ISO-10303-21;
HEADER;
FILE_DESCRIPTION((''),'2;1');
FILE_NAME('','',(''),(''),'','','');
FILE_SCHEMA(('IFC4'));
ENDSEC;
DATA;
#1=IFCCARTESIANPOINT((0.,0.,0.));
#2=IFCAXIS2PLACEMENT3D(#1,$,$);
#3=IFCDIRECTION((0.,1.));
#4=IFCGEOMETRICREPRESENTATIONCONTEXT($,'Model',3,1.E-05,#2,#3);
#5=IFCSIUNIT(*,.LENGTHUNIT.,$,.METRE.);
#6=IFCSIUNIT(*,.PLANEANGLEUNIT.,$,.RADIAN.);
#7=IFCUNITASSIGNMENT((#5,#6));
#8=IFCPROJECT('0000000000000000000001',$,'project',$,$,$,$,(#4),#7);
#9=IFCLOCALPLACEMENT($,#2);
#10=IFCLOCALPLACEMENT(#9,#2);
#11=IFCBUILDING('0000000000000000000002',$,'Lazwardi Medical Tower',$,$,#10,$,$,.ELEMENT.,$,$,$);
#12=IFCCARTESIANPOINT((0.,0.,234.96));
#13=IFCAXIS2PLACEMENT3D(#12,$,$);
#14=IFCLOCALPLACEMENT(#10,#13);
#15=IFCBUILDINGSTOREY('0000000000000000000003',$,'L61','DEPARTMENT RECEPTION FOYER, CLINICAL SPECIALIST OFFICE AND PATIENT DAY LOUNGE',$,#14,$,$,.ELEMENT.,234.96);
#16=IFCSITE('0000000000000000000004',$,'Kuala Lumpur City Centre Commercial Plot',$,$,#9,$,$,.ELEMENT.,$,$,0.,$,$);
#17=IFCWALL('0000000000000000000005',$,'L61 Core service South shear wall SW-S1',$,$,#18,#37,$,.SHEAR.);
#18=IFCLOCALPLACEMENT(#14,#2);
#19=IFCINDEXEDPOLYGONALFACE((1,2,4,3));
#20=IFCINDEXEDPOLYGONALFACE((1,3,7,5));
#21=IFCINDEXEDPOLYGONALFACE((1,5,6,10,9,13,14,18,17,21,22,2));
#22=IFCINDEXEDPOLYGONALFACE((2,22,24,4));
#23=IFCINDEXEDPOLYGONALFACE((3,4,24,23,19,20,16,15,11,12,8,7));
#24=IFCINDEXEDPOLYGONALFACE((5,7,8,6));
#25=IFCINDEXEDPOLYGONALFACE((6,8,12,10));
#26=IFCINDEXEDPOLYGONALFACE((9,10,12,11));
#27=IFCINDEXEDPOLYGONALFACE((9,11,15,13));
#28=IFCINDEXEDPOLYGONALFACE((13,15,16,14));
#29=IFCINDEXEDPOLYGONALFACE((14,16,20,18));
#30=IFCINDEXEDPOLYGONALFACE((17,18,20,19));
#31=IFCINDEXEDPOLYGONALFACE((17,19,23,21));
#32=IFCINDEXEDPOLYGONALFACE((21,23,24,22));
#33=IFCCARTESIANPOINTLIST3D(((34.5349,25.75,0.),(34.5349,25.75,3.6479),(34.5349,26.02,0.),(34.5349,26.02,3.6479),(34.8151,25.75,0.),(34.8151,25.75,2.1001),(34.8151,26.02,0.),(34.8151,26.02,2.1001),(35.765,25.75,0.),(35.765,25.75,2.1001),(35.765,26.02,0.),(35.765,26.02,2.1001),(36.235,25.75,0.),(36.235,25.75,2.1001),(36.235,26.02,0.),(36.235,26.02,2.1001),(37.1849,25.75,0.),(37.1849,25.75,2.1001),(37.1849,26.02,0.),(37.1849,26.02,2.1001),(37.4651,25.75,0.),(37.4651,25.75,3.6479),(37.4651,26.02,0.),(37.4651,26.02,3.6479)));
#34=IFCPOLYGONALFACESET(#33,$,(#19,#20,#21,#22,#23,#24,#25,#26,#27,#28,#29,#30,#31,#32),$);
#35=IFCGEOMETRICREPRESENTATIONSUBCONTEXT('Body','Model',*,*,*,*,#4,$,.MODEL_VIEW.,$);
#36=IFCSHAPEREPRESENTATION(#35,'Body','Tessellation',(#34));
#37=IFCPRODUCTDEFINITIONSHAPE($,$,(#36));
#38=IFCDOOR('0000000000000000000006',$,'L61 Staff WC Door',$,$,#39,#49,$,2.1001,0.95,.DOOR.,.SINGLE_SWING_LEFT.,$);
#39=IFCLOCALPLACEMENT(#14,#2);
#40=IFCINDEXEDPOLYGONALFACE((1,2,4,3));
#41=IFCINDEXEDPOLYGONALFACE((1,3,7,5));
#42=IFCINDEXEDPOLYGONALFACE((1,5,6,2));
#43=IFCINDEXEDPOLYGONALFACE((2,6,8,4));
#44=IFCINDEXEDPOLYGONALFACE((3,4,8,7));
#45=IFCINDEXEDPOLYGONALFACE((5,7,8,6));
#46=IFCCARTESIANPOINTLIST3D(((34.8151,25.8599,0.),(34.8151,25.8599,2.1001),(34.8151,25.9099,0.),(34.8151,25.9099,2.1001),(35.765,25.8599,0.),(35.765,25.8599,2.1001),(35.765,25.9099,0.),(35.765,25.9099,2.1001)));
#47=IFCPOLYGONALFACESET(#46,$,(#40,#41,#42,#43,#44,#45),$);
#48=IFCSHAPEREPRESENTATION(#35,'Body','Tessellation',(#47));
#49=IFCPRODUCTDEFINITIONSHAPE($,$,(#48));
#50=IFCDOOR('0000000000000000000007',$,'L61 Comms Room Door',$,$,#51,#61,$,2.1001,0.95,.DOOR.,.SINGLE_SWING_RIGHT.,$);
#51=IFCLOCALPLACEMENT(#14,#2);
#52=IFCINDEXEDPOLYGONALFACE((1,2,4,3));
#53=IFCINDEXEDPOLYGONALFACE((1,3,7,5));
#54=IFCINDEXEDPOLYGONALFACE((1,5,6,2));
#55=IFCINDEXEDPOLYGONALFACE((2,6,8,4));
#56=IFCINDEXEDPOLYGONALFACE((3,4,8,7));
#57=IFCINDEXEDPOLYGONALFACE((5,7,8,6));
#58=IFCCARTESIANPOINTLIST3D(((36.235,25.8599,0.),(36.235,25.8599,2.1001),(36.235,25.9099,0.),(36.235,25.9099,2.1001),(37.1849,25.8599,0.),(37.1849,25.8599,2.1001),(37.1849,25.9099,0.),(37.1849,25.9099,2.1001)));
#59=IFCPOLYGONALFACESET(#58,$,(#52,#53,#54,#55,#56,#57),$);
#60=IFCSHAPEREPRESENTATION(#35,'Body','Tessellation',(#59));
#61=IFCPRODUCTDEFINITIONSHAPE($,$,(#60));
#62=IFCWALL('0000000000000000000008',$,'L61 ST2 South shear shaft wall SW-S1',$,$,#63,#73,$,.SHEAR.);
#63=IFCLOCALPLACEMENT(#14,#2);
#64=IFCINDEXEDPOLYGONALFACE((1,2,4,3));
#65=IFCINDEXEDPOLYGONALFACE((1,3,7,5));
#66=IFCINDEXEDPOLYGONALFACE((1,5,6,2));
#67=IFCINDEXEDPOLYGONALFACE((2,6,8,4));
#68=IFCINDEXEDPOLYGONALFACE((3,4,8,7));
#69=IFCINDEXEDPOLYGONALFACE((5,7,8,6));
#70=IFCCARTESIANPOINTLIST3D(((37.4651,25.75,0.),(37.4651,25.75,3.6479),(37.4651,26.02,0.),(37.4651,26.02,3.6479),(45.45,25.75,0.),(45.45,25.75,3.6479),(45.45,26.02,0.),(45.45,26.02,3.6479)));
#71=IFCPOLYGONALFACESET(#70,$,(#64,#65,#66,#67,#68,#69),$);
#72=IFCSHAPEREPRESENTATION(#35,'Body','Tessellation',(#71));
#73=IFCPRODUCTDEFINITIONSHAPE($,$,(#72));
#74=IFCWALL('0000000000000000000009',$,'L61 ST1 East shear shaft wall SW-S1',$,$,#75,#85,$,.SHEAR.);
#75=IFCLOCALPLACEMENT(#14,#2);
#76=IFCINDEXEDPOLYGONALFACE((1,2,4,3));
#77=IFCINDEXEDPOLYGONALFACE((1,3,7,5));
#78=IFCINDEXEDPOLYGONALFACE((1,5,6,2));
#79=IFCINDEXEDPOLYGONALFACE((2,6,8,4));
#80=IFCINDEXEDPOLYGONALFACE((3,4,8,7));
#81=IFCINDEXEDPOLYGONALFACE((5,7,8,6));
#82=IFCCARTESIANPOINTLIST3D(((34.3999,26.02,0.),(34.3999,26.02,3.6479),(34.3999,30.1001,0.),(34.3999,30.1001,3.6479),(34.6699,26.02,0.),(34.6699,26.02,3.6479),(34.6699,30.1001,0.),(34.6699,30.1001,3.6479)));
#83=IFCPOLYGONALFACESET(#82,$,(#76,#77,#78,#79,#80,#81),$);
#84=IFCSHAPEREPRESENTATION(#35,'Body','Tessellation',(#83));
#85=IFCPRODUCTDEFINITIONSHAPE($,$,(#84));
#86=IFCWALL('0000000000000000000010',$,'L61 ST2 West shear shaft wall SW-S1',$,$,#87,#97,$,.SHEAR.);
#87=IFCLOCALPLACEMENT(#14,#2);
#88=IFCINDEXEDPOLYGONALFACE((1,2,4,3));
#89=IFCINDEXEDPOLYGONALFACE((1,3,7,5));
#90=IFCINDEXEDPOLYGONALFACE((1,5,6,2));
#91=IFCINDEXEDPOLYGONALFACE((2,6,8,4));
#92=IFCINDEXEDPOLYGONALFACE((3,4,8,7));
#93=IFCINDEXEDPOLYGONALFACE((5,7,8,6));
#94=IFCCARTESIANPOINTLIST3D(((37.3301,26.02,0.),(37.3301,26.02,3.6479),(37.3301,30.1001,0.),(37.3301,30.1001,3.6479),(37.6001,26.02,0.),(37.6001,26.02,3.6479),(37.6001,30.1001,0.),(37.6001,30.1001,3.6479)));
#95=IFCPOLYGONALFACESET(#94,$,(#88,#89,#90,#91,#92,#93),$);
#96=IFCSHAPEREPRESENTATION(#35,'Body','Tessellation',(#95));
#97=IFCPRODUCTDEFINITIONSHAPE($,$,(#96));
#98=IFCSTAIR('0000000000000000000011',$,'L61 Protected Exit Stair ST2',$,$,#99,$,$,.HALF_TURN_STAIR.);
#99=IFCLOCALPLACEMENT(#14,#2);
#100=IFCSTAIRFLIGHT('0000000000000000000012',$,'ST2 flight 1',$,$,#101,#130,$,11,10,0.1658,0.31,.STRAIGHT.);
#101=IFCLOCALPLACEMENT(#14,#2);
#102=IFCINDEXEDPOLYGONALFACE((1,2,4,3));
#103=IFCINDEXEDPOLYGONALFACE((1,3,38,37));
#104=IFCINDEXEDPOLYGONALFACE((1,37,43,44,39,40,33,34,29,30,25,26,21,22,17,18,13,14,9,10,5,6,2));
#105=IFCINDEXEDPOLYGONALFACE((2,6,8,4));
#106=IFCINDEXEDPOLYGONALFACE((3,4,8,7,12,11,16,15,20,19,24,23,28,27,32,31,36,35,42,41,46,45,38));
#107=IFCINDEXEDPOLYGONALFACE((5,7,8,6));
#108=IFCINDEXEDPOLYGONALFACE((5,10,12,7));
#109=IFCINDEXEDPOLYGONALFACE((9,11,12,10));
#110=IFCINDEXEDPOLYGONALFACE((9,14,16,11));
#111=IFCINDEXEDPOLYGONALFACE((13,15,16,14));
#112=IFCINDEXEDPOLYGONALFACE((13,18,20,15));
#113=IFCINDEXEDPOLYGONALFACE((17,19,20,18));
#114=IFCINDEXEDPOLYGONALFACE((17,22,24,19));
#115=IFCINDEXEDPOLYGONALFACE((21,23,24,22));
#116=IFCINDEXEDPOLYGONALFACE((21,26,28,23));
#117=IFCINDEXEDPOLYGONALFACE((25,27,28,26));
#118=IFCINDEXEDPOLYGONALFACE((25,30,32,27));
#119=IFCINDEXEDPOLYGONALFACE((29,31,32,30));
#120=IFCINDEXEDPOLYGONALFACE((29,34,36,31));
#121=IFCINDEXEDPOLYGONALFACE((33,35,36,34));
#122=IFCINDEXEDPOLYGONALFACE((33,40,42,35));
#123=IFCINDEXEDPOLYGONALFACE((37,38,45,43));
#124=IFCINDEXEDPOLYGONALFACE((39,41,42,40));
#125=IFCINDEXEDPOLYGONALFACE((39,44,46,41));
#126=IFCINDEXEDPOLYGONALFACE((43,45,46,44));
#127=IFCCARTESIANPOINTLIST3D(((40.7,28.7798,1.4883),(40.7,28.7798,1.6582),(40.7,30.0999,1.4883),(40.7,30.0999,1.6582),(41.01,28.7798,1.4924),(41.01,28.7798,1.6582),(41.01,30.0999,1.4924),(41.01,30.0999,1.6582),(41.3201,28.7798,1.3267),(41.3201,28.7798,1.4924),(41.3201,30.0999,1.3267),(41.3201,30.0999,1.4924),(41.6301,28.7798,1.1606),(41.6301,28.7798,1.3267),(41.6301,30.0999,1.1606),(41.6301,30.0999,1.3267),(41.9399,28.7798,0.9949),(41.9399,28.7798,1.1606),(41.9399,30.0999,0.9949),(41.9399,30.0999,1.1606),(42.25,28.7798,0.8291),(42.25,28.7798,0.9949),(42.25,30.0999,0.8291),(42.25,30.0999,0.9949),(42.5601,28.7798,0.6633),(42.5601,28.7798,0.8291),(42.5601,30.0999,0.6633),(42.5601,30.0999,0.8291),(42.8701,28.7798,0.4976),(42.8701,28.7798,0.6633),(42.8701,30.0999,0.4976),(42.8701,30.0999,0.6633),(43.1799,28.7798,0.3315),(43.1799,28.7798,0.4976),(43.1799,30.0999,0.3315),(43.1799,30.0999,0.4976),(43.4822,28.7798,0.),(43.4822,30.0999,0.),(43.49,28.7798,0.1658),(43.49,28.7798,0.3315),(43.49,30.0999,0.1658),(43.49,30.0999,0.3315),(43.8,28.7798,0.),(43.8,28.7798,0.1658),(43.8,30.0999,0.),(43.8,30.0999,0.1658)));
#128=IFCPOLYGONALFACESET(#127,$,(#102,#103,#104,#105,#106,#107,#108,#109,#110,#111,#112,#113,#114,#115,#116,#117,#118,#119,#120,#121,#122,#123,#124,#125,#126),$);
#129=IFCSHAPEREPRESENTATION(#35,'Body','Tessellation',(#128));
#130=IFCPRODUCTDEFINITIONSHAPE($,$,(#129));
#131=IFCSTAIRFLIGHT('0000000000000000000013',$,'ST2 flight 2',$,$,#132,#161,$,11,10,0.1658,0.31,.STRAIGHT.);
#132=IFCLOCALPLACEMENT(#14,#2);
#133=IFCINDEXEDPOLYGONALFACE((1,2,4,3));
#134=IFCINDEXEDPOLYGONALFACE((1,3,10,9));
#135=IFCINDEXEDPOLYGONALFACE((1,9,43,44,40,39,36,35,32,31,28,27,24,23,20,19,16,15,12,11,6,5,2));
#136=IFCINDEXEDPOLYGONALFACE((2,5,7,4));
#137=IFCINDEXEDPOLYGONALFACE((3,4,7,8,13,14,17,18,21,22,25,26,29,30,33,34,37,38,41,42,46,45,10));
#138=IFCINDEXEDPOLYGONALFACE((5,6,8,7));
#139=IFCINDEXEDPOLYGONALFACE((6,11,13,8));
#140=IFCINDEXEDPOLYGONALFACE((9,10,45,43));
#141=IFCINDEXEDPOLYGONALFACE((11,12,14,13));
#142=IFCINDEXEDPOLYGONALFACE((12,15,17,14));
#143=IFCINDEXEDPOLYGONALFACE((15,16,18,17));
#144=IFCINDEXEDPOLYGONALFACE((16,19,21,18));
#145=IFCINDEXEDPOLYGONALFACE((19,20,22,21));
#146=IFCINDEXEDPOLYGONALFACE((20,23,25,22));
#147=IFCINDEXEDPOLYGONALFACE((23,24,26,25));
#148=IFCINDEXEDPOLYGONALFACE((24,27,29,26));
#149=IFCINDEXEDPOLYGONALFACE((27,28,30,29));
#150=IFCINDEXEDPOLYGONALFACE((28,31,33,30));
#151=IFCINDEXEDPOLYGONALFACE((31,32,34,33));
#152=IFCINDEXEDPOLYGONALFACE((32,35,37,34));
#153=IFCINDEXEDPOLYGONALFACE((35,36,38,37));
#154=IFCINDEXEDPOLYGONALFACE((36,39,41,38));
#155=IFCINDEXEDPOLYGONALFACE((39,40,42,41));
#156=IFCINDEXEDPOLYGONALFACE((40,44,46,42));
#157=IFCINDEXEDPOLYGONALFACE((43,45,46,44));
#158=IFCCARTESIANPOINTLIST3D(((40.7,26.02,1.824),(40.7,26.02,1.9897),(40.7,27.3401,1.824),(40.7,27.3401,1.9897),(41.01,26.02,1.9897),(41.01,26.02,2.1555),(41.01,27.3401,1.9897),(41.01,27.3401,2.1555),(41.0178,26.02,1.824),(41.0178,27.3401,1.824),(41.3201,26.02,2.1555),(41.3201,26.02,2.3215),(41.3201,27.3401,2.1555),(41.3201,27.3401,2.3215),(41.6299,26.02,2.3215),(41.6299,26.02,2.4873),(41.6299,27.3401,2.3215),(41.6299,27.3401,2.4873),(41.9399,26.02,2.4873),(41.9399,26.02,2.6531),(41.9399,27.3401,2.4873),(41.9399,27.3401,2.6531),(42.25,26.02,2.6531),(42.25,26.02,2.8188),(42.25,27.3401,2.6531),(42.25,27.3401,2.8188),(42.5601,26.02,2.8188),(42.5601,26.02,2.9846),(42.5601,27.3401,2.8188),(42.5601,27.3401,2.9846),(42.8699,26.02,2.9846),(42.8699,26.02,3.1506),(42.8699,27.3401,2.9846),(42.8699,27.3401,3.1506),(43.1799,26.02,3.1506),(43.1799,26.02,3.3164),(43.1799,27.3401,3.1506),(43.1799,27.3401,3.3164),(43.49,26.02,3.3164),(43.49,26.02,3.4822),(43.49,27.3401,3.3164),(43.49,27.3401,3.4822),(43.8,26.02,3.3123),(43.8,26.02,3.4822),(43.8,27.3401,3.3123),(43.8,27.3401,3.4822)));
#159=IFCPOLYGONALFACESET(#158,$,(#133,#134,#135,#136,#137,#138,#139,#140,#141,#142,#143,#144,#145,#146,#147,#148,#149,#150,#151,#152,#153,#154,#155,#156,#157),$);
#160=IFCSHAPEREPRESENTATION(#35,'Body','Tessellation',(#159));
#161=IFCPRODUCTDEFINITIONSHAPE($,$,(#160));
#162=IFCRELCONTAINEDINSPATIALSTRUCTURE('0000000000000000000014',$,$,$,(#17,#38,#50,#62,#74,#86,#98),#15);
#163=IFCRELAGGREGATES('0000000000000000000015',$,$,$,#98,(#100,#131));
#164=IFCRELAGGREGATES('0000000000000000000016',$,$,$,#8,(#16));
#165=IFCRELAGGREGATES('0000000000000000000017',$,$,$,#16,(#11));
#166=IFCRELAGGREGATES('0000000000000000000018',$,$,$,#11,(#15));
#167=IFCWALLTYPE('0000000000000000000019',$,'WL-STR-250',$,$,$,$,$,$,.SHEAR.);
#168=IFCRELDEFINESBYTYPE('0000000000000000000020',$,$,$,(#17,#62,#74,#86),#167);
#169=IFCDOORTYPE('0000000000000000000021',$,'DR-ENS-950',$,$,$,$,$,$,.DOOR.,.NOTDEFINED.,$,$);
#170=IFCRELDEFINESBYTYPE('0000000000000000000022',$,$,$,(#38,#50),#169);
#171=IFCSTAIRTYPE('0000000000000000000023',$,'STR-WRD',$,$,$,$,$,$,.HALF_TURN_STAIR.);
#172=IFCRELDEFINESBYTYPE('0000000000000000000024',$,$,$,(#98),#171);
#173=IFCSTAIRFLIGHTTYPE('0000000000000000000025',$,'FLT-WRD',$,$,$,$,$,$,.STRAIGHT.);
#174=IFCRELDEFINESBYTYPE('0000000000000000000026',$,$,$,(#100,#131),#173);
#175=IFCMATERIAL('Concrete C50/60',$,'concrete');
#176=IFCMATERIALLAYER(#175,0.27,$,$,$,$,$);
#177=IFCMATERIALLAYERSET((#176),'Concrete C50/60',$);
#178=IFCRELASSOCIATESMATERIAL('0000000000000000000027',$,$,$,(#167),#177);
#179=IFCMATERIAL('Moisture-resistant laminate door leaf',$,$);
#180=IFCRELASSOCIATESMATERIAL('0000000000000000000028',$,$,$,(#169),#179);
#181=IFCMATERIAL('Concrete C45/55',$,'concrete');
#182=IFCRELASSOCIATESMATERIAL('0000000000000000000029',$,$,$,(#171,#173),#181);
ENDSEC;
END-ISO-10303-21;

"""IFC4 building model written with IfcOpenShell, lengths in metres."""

from ifc_helpers import new_model, si_unit, direction, frame, frame_2d, origin, place, context, subcontext, project, spatial, polyline, rectangle, outline, extrude, material, layer, layer_set, type_object, element, fill, aggregate, save


model = new_model("IFC4")

# Units and contexts
model_context = context("Model", 3, precision=1e-05, world=origin(), true_north=direction((0.0, 1.0)))
body_context = subcontext(model_context, "Body", "Model", "MODEL_VIEW")
ifc_project = project(units=[si_unit("LENGTHUNIT", "METRE"), si_unit("PLANEANGLEUNIT", "RADIAN")], contexts=[model_context])

# Site, building, storey
site_placement = place(None, origin())
site = spatial("IfcSite", under=ifc_project, at=site_placement, Name="Kuala Lumpur City Centre Commercial Plot", CompositionType="ELEMENT", RefElevation=0.0)
building_placement = place(site_placement, origin())
building = spatial("IfcBuilding", under=site, at=building_placement, Name="Lazwardi Medical Tower", CompositionType="ELEMENT")
storey_placement = place(building_placement, frame((0.0, 0.0, 234.96)))
storey = spatial("IfcBuildingStorey", under=building, at=storey_placement, Name="L61", Description="DEPARTMENT RECEPTION FOYER, CLINICAL SPECIALIST OFFICE AND PATIENT DAY LOUNGE", CompositionType="ELEMENT", Elevation=234.96)

# Wall, openings, doors
ifc_material_1 = material(Name="Concrete C50/60", Category="concrete")
ifc_layer_1 = layer(ifc_material_1, 0.27)
ifc_layer_set_1 = layer_set([ifc_layer_1], Name="Concrete C50/60")
wall_type_1 = type_object("IfcWallType", Name="WL-STR-250", PredefinedType="SHEAR", material=ifc_layer_set_1)
wall_1_placement = place(storey_placement, frame((34.5349, 25.885, 0.0), z_axis=(0.0, 0.0, 1.0), x_axis=(1.0, 0.0, 0.0)))
wall_1 = element("IfcWall", 1, at=wall_1_placement, inside=storey, type_object=wall_type_1, Name="L61 Core service South shear wall SW-S1", PredefinedType="SHEAR", context=body_context, shape_type="SweptSolid", body=[
    extrude(rectangle(XDim=2.9302, YDim=0.27, at=frame_2d((1.4651, 0.0))), origin(), (0.0, 0.0, 1.0), 3.6479),
])
opening_1_placement = place(wall_1_placement, frame((0.28, 0.0, 0.0)))
opening_1 = element("IfcOpeningElement", 2, at=opening_1_placement, cuts=wall_1, PredefinedType="OPENING", context=body_context, shape_type="SweptSolid", body=[
    extrude(rectangle(XDim=0.95, YDim=2.1001, at=frame_2d((0.4751, 1.05))), frame((0.0, 0.145, 0.0), z_axis=(0.0, -1.0, 0.0), x_axis=(1.0, 0.0, 0.0)), (0.0, 0.0, 1.0), 0.29),
])
opening_2_placement = place(wall_1_placement, frame((1.7, 0.0, 0.0)))
opening_2 = element("IfcOpeningElement", 3, at=opening_2_placement, cuts=wall_1, PredefinedType="OPENING", context=body_context, shape_type="SweptSolid", body=[
    extrude(rectangle(XDim=0.95, YDim=2.1001, at=frame_2d((0.4751, 1.05))), frame((0.0, 0.145, 0.0), z_axis=(0.0, -1.0, 0.0), x_axis=(1.0, 0.0, 0.0)), (0.0, 0.0, 1.0), 0.29),
])
ifc_material_2 = material(Name="Moisture-resistant laminate door leaf")
door_type_1 = type_object("IfcDoorType", Name="DR-ENS-950", OperationType="NOTDEFINED", PredefinedType="DOOR", material=ifc_material_2)
door_1_placement = place(opening_1_placement, origin())
door_1 = element("IfcDoor", 4, at=door_1_placement, inside=storey, type_object=door_type_1, Name="L61 Staff WC Door", OperationType="SINGLE_SWING_LEFT", OverallHeight=2.1001, OverallWidth=0.95, PredefinedType="DOOR", context=body_context, shape_type="SweptSolid", body=[
    extrude(rectangle(XDim=0.95, YDim=2.1001, at=frame_2d((0.4751, 1.05))), frame((0.0, 0.0249, 0.0), z_axis=(0.0, -1.0, 0.0), x_axis=(1.0, 0.0, 0.0)), (0.0, 0.0, 1.0), 0.05),
])
fill(opening_1, door_1)
door_2_placement = place(opening_2_placement, origin())
door_2 = element("IfcDoor", 5, at=door_2_placement, inside=storey, type_object=door_type_1, Name="L61 Comms Room Door", OperationType="SINGLE_SWING_RIGHT", OverallHeight=2.1001, OverallWidth=0.95, PredefinedType="DOOR", context=body_context, shape_type="SweptSolid", body=[
    extrude(rectangle(XDim=0.95, YDim=2.1001, at=frame_2d((0.4751, 1.05))), frame((0.0, 0.0249, 0.0), z_axis=(0.0, -1.0, 0.0), x_axis=(1.0, 0.0, 0.0)), (0.0, 0.0, 1.0), 0.05),
])
fill(opening_2, door_2)

# Walls
wall_2_placement = place(storey_placement, frame((37.4651, 25.885, 0.0), z_axis=(0.0, 0.0, 1.0), x_axis=(1.0, 0.0, 0.0)))
element("IfcWall", 6, at=wall_2_placement, inside=storey, type_object=wall_type_1, Name="L61 ST2 South shear shaft wall SW-S1", PredefinedType="SHEAR", context=body_context, shape_type="SweptSolid", body=[
    extrude(rectangle(XDim=7.9849, YDim=0.27, at=frame_2d((3.9924, 0.0))), origin(), (0.0, 0.0, 1.0), 3.6479),
])
for number, where, z_axis, x_axis, name in (
    (7, (34.5349, 26.02, 0.0), (0.0, 0.0, 1.0), (0.0, 1.0, 0.0), "L61 ST1 East shear shaft wall SW-S1"),
    (8, (37.4651, 26.02, 0.0), (0.0, 0.0, 1.0), (0.0, 1.0, 0.0), "L61 ST2 West shear shaft wall SW-S1"),
):
    element("IfcWall", number, at=place(storey_placement, frame(where, z_axis=z_axis, x_axis=x_axis)), inside=storey, type_object=wall_type_1, Name=name, PredefinedType="SHEAR", context=body_context, shape_type="SweptSolid", body=[
        extrude(rectangle(XDim=4.0801, YDim=0.27, at=frame_2d((2.04, 0.0))), origin(), (0.0, 0.0, 1.0), 3.6479),
    ])

# Stair, stair flights
ifc_material_3 = material(Name="Concrete C45/55", Category="concrete")
stair_type = type_object("IfcStairType", Name="STR-WRD", PredefinedType="HALF_TURN_STAIR", material=ifc_material_3)
stair_placement = place(storey_placement, origin())
stair = element("IfcStair", 9, at=stair_placement, inside=storey, type_object=stair_type, Name="L61 Protected Exit Stair ST2", PredefinedType="HALF_TURN_STAIR")
stair_flight_type = type_object("IfcStairFlightType", Name="FLT-WRD", PredefinedType="STRAIGHT", material=ifc_material_3)
stair_flight_1_placement = place(storey_placement, frame((43.8, 29.4399, 0.0), z_axis=(0.0, 0.0, 1.0), x_axis=(-1.0, 0.0, 0.0)))
stair_flight_1 = element("IfcStairFlight", 10, at=stair_flight_1_placement, type_object=stair_flight_type, Name="ST2 flight 1", NumberOfRisers=11, NumberOfTreads=10, PredefinedType="STRAIGHT", RiserHeight=0.1658, TreadLength=0.31, context=body_context, shape_type="SweptSolid", body=[
    extrude(outline(polyline([(0.0, 0.0), (0.0, 0.1658), (0.3101, 0.1658), (0.3101, 0.3315), (0.6201, 0.3315), (0.6201, 0.4976), (0.9299, 0.4976), (0.9299, 0.6633), (1.24, 0.6633), (1.24, 0.8291), (1.55, 0.8291), (1.55, 0.9949), (1.8601, 0.9949), (1.8601, 1.1606), (2.1699, 1.1606), (2.1699, 1.3267), (2.48, 1.3267), (2.48, 1.4924), (2.79, 1.4924), (2.79, 1.6582), (3.1001, 1.6582), (3.1001, 1.824), (3.1001, 1.4883), (0.3179, 0.0), (0.0, 0.0)])), frame((0.0, 0.6602, 0.0), z_axis=(0.0, -1.0, 0.0), x_axis=(1.0, 0.0, 0.0)), (0.0, 0.0, 1.0), 1.3201),
])
stair_flight_2_placement = place(storey_placement, frame((40.7, 26.6799, 1.824), z_axis=(0.0, 0.0, 1.0), x_axis=(1.0, 0.0, 0.0)))
stair_flight_2 = element("IfcStairFlight", 11, at=stair_flight_2_placement, type_object=stair_flight_type, Name="ST2 flight 2", NumberOfRisers=11, NumberOfTreads=10, PredefinedType="STRAIGHT", RiserHeight=0.1658, TreadLength=0.31, context=body_context, shape_type="SweptSolid", body=[
    extrude(outline(polyline([(0.0, 0.0), (0.0, 0.1658), (0.3101, 0.1658), (0.3101, 0.3315), (0.6201, 0.3315), (0.6201, 0.4976), (0.9299, 0.4976), (0.9299, 0.6633), (1.24, 0.6633), (1.24, 0.8291), (1.55, 0.8291), (1.55, 0.9949), (1.8601, 0.9949), (1.8601, 1.1606), (2.1699, 1.1606), (2.1699, 1.3267), (2.48, 1.3267), (2.48, 1.4924), (2.79, 1.4924), (2.79, 1.6582), (3.1001, 1.6582), (3.1001, 1.824), (3.1001, 1.4883), (0.3179, 0.0), (0.0, 0.0)])), frame((0.0, 0.6602, 0.0), z_axis=(0.0, -1.0, 0.0), x_axis=(1.0, 0.0, 0.0)), (0.0, 0.0, 1.0), 1.3201),
])
aggregate(stair, [stair_flight_1, stair_flight_2])

save(model, "model.ifc")
